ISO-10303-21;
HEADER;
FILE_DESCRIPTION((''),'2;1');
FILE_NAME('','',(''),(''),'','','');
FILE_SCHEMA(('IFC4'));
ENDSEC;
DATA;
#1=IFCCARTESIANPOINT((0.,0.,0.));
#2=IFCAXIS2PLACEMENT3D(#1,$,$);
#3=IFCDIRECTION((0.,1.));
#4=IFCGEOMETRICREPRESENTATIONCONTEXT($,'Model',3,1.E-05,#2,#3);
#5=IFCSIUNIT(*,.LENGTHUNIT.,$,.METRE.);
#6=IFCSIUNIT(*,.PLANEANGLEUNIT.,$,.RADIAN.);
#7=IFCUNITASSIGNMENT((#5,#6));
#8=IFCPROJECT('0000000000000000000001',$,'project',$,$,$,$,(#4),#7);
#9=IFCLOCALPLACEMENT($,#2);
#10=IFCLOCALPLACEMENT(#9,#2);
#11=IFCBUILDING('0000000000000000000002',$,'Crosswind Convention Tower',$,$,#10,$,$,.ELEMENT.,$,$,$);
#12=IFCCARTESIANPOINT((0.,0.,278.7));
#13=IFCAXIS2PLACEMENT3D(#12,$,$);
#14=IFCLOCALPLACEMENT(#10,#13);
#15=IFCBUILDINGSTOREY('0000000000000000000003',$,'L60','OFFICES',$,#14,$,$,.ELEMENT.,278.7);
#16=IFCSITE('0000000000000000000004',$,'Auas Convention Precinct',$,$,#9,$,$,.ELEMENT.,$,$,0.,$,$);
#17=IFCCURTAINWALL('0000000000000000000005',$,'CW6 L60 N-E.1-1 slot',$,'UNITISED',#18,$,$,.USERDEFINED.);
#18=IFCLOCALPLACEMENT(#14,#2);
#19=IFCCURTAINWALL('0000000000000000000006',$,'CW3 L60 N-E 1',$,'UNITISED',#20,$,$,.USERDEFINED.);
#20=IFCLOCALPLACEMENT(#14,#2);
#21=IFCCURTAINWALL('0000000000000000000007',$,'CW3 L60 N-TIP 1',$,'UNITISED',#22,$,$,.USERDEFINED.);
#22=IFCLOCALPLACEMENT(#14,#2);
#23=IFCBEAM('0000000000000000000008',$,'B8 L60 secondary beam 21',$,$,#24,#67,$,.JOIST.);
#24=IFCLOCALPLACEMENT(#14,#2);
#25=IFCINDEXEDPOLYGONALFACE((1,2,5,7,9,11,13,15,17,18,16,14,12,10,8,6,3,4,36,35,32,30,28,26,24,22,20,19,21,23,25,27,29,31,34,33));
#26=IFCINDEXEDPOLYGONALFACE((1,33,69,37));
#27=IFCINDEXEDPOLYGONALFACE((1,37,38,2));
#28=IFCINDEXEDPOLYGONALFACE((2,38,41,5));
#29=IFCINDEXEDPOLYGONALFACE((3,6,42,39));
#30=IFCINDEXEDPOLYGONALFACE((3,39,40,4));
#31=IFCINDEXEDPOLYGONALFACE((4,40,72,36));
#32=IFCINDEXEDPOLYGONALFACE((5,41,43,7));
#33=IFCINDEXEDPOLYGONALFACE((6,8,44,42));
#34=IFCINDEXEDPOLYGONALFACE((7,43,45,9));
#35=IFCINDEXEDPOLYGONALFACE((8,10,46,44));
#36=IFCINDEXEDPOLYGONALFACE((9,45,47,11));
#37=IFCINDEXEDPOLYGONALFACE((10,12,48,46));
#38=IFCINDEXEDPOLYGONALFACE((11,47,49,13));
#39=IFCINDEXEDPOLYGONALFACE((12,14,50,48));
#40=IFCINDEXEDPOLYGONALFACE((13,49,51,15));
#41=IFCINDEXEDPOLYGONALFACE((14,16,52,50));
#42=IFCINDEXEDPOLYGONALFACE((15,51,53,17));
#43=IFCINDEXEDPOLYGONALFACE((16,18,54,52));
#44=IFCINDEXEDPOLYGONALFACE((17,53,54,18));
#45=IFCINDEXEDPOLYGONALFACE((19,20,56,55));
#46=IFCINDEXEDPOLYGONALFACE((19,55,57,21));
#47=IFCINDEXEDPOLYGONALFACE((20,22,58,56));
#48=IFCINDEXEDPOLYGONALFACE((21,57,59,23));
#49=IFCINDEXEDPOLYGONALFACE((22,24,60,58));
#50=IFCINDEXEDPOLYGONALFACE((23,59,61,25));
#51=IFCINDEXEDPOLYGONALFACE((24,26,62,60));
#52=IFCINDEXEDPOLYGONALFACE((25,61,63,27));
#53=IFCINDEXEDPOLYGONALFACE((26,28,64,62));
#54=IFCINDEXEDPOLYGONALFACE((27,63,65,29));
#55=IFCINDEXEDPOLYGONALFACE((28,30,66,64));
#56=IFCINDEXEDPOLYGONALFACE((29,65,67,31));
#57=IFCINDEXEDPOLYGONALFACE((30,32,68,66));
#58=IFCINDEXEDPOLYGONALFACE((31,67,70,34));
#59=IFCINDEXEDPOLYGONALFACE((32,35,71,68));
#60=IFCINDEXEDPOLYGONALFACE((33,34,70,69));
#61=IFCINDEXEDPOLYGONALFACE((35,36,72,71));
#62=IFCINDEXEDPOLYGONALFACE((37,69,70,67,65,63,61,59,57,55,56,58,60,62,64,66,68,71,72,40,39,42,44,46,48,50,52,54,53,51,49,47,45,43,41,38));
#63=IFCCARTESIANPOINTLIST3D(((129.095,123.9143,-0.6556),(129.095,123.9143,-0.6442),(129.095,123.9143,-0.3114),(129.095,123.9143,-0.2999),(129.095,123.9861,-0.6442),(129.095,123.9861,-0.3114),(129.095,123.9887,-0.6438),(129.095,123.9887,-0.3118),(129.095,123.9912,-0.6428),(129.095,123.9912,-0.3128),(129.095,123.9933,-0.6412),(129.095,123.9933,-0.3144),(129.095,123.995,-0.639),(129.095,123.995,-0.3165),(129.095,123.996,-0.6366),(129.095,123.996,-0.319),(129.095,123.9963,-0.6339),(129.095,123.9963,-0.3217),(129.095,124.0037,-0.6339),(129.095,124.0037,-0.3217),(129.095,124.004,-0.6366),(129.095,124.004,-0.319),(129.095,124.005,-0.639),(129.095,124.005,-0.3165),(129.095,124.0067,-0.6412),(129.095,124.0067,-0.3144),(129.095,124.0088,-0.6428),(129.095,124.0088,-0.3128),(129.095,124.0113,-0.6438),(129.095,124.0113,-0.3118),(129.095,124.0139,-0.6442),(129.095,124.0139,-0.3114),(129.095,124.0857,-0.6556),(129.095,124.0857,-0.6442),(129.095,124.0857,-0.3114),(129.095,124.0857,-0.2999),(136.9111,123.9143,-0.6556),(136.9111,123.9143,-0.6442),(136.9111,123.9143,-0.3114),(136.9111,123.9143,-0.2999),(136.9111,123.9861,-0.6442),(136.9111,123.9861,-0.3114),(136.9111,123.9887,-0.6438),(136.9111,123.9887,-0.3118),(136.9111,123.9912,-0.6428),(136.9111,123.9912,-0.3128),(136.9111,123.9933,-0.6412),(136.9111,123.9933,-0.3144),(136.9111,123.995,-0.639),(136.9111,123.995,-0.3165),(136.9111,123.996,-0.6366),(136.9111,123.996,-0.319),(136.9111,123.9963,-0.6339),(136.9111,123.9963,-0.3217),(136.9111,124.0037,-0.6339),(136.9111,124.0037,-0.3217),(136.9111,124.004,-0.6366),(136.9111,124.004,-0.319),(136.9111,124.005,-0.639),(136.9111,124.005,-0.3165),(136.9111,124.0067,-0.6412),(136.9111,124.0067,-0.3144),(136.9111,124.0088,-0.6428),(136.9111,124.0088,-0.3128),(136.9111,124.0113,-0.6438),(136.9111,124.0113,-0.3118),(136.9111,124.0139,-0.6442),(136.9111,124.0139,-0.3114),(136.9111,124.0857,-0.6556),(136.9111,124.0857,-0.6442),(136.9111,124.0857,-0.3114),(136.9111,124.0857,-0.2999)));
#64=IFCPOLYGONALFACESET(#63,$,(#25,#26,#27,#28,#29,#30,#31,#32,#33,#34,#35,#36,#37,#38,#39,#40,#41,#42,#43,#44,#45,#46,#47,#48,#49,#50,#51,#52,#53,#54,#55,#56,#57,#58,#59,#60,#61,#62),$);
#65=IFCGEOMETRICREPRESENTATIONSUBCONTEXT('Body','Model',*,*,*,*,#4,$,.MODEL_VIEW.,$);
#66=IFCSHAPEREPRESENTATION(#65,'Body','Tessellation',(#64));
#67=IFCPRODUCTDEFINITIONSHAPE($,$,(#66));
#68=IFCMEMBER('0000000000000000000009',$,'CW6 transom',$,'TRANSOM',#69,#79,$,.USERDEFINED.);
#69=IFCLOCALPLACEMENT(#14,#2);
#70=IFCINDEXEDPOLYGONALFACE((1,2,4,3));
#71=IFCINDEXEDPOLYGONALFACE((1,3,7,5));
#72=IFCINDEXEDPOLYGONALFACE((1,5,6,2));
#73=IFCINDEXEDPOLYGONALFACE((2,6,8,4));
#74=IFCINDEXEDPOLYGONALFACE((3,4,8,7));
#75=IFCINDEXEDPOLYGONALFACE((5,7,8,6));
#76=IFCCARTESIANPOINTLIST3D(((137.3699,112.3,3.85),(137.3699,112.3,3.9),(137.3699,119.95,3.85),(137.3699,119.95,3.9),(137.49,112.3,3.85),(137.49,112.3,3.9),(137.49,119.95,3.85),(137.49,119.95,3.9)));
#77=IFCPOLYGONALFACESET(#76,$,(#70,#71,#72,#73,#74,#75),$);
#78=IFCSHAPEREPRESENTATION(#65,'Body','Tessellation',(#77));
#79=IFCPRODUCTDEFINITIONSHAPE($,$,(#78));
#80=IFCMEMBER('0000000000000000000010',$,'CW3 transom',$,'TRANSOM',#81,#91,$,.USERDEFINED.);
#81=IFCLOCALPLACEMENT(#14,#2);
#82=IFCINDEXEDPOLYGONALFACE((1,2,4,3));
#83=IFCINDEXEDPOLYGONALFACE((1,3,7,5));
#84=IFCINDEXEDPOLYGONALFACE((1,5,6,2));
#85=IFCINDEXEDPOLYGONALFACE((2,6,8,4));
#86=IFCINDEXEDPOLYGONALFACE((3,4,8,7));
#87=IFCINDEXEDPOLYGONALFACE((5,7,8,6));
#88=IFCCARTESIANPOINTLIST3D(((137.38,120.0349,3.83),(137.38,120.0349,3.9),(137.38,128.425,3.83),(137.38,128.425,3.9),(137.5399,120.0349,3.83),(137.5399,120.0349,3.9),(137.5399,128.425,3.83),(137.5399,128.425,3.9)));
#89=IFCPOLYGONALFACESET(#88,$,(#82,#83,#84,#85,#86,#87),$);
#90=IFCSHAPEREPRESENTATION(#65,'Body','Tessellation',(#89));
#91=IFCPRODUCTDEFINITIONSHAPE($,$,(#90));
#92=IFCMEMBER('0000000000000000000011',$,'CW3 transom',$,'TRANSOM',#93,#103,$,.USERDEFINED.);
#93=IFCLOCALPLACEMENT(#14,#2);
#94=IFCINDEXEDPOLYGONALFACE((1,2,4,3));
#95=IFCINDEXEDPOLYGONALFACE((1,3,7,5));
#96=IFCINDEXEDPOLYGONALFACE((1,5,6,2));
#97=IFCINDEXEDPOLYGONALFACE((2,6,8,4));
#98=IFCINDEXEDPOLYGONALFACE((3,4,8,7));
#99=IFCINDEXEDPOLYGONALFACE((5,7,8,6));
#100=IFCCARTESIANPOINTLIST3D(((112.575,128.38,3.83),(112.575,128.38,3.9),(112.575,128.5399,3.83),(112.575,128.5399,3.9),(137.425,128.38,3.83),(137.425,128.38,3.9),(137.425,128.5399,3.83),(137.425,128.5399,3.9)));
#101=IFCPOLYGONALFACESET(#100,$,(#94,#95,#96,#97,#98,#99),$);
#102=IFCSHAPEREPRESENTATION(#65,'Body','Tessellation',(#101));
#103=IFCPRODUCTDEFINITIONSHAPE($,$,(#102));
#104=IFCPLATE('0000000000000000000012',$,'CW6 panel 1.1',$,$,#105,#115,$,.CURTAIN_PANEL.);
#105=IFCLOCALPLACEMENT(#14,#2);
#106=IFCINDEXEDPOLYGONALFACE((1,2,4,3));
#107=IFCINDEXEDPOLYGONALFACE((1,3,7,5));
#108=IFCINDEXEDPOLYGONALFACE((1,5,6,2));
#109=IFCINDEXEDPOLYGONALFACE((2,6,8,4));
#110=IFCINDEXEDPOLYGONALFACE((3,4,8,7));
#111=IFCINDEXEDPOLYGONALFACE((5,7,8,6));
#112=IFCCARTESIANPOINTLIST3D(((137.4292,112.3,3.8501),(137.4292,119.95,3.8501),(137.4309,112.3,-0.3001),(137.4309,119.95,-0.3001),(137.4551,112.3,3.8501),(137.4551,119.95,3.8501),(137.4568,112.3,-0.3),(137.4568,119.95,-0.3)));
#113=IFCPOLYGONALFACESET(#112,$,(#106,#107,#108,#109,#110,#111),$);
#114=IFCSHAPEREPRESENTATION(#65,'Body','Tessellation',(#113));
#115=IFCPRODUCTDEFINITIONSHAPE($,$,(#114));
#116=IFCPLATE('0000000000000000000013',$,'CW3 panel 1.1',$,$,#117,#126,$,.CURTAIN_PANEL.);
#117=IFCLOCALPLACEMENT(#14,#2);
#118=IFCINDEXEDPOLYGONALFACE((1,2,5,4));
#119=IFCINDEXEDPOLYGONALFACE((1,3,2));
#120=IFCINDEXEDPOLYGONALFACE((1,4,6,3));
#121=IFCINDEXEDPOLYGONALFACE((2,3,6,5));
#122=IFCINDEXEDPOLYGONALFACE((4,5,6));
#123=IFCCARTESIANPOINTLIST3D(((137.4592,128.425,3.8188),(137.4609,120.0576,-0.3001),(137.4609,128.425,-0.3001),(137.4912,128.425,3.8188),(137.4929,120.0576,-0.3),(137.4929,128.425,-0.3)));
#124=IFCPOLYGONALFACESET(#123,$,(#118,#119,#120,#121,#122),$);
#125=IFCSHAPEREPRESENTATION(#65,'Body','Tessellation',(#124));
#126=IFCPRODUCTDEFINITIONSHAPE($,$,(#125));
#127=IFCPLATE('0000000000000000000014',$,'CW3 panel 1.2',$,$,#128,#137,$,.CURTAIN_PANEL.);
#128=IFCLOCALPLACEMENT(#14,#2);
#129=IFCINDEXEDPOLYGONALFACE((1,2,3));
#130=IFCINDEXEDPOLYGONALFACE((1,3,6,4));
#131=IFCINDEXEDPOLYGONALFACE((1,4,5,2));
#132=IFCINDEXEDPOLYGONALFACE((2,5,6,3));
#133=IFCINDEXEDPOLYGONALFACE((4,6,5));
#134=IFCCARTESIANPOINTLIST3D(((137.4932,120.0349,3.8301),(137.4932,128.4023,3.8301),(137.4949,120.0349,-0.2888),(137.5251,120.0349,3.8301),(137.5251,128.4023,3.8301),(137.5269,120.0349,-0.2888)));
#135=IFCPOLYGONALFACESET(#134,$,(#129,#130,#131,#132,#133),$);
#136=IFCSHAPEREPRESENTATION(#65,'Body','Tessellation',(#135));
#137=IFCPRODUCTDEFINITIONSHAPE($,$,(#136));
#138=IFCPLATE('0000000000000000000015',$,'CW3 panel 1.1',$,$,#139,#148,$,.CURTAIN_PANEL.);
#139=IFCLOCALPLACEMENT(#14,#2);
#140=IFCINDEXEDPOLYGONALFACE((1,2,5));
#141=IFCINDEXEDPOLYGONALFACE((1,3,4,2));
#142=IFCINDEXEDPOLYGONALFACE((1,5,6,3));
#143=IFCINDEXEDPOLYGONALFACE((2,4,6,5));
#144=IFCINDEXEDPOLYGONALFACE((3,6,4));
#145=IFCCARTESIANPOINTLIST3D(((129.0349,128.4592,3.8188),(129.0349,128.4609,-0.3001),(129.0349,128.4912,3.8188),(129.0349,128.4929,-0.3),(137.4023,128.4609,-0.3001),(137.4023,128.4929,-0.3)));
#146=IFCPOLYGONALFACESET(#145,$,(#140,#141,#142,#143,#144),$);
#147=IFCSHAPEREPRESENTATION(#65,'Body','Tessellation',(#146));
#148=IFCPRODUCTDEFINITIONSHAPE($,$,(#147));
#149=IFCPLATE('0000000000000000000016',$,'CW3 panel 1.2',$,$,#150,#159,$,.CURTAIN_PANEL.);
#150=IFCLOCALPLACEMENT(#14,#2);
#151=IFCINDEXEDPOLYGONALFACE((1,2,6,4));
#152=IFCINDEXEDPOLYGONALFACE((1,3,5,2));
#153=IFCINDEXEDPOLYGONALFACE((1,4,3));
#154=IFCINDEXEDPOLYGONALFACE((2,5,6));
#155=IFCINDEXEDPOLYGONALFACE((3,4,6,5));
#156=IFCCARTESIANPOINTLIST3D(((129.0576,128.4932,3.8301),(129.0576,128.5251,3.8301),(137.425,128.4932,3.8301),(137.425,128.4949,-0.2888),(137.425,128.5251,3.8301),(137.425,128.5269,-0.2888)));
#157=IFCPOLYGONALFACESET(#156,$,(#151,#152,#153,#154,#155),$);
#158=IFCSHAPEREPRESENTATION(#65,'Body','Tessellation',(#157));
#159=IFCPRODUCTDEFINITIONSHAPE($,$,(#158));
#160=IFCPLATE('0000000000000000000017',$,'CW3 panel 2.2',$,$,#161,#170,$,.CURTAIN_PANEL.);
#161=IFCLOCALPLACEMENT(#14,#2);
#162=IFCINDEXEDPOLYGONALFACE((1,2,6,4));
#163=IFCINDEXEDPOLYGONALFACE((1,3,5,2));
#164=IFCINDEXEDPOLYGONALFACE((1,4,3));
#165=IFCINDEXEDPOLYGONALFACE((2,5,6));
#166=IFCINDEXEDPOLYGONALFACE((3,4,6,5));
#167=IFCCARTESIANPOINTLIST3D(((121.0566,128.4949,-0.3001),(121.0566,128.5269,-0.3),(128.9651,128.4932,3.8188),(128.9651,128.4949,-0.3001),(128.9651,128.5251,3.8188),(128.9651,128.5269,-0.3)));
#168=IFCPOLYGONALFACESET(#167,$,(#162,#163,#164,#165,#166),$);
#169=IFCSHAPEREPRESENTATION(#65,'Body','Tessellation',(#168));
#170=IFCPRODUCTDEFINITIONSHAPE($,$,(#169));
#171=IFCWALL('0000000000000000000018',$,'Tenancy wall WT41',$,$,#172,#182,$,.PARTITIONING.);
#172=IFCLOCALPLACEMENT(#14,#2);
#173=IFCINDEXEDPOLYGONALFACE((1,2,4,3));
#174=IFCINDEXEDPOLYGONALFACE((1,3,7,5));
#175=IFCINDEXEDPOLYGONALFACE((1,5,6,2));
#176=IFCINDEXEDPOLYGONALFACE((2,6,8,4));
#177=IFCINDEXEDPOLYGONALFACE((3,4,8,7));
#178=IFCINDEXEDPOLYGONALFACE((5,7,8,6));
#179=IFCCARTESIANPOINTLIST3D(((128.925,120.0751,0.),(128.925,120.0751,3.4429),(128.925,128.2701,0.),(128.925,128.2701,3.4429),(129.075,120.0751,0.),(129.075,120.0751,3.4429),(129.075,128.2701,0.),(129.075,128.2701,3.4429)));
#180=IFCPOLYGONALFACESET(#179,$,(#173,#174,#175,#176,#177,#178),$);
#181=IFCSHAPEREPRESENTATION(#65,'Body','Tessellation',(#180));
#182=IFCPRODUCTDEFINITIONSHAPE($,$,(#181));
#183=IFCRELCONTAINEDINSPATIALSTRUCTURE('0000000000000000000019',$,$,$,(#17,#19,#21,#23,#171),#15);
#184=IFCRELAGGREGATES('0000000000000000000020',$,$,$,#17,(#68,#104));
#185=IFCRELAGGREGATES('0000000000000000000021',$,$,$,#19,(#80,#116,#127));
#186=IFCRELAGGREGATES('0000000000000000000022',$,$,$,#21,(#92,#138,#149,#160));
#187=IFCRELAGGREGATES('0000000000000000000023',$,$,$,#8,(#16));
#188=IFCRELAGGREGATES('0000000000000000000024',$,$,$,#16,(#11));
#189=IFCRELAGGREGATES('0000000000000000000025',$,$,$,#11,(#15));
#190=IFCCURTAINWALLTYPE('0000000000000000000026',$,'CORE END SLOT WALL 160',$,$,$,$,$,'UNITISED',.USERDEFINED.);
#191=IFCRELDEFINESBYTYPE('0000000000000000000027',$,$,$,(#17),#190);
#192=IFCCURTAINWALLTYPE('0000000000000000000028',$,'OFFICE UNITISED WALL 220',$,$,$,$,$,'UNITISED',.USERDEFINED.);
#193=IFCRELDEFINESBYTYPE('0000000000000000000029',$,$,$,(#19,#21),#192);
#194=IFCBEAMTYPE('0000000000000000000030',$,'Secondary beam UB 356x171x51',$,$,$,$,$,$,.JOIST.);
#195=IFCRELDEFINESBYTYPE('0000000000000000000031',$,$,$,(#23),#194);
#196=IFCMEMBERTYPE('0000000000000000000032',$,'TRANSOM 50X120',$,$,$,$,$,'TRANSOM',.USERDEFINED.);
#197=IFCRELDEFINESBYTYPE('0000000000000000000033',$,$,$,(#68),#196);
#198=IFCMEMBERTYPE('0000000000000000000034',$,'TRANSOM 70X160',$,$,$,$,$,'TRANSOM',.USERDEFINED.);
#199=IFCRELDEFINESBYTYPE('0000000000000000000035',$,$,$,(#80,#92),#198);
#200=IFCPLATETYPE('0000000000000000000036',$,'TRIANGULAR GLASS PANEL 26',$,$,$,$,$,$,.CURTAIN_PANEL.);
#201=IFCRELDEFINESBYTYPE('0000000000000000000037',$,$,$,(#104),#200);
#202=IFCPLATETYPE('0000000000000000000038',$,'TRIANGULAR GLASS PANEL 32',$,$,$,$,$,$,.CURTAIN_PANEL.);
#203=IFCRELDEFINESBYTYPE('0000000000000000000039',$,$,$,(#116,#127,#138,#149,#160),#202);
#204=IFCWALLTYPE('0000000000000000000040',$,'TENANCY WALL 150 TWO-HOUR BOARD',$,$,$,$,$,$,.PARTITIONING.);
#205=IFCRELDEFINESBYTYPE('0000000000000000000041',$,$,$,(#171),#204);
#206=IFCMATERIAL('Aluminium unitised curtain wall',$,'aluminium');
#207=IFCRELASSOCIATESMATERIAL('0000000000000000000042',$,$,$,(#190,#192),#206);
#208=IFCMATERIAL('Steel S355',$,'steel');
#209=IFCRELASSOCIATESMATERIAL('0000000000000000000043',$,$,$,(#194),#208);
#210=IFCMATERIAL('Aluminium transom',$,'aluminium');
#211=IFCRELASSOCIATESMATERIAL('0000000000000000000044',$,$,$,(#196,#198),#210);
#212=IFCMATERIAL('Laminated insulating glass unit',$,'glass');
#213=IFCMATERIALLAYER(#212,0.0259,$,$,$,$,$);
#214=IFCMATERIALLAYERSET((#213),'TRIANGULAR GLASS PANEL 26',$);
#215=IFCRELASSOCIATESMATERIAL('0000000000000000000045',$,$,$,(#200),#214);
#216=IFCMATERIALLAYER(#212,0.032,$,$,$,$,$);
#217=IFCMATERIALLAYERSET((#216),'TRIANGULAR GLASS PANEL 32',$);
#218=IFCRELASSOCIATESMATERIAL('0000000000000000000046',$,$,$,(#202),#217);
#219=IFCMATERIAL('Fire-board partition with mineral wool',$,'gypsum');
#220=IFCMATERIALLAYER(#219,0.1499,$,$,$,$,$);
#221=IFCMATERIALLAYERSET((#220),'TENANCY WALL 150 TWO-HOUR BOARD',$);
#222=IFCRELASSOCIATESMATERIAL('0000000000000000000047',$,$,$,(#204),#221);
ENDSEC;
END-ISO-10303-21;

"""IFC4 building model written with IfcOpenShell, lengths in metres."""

from ifc_helpers import new_model, si_unit, direction, frame, frame_2d, origin, origin_2d, place, context, subcontext, project, spatial, polyline, rectangle, i_section, outline, extrude, material, layer, layer_set, material_profile, profile_set, type_object, element, aggregate, save


model = new_model("IFC4")

# Units and contexts
model_context = context("Model", 3, precision=1e-05, world=origin(), true_north=direction((0.0, 1.0)))
body_context = subcontext(model_context, "Body", "Model", "MODEL_VIEW")
ifc_project = project(units=[si_unit("LENGTHUNIT", "METRE"), si_unit("PLANEANGLEUNIT", "RADIAN")], contexts=[model_context])

# Site, building, storey
site_placement = place(None, origin())
site = spatial("IfcSite", under=ifc_project, at=site_placement, Name="Auas Convention Precinct", CompositionType="ELEMENT", RefElevation=0.0)
building_placement = place(site_placement, origin())
building = spatial("IfcBuilding", under=site, at=building_placement, Name="Crosswind Convention Tower", CompositionType="ELEMENT")
storey_placement = place(building_placement, frame((0.0, 0.0, 278.7)))
storey = spatial("IfcBuildingStorey", under=building, at=storey_placement, Name="L60", Description="OFFICES", CompositionType="ELEMENT", Elevation=278.7)

# Shared definitions
ifc_material_1 = material(Name="Steel S355", Category="steel")

# Curtain walls
ifc_material_2 = material(Name="Aluminium unitised curtain wall", Category="aluminium")
curtain_wall_type_1 = type_object("IfcCurtainWallType", Name="CORE END SLOT WALL 160", ElementType="UNITISED", PredefinedType="USERDEFINED", material=ifc_material_2)
curtain_wall_1_placement = place(storey_placement, origin())
curtain_wall_1 = element("IfcCurtainWall", 1, at=curtain_wall_1_placement, inside=storey, type_object=curtain_wall_type_1, Name="CW6 L60 N-E.1-1 slot", ObjectType="UNITISED", PredefinedType="USERDEFINED")
curtain_wall_type_2 = type_object("IfcCurtainWallType", Name="OFFICE UNITISED WALL 220", ElementType="UNITISED", PredefinedType="USERDEFINED", material=ifc_material_2)
curtain_wall_2_placement = place(storey_placement, origin())
curtain_wall_2 = element("IfcCurtainWall", 2, at=curtain_wall_2_placement, inside=storey, type_object=curtain_wall_type_2, Name="CW3 L60 N-E 1", ObjectType="UNITISED", PredefinedType="USERDEFINED")

# Curtain wall
curtain_wall_3_placement = place(storey_placement, origin())
curtain_wall_3 = element("IfcCurtainWall", 3, at=curtain_wall_3_placement, inside=storey, type_object=curtain_wall_type_2, Name="CW3 L60 N-TIP 1", ObjectType="UNITISED", PredefinedType="USERDEFINED")

# Beam
ifc_material_profile_1 = material_profile(ifc_material_1, i_section(OverallWidth=0.1714, OverallDepth=0.3557, WebThickness=0.0073, FlangeThickness=0.0115, FilletRadius=0.0103, at=origin_2d()), Name="UB 356x171x51")
ifc_profile_set_1 = profile_set([ifc_material_profile_1], Name="Steel S355")
beam_type_1 = type_object("IfcBeamType", Name="Secondary beam UB 356x171x51", PredefinedType="JOIST", material=ifc_profile_set_1)
for number, where, z_axis, x_axis, name in (
    (4, (129.095, 124.0, -0.4778), (1.0, 0.0, 0.0), (0.0, 1.0, 0.0), "B8 L60 secondary beam 21"),
):
    element("IfcBeam", number, at=place(storey_placement, frame(where, z_axis=z_axis, x_axis=x_axis)), inside=storey, type_object=beam_type_1, Name=name, PredefinedType="JOIST", context=body_context, shape_type="SweptSolid", body=[
        extrude(i_section(OverallWidth=0.1714, OverallDepth=0.3557, WebThickness=0.0073, FlangeThickness=0.0115, FilletRadius=0.0103, at=origin_2d()), origin(), (0.0, 0.0, 1.0), 7.8162),
    ])

# Members
ifc_material_3 = material(Name="Aluminium transom", Category="aluminium")
ifc_material_profile_2 = material_profile(ifc_material_3, rectangle(XDim=0.1201, YDim=0.05, at=origin_2d()), Name="AL 120X50")
ifc_profile_set_2 = profile_set([ifc_material_profile_2], Name="Aluminium transom")
member_type_1 = type_object("IfcMemberType", Name="TRANSOM 50X120", ElementType="TRANSOM", PredefinedType="USERDEFINED", material=ifc_profile_set_2)
member_1_placement = place(storey_placement, frame((137.4299, 112.3, 3.875), z_axis=(0.0, 1.0, 0.0), x_axis=(-1.0, 0.0, 0.0)))
member_1 = element("IfcMember", 5, at=member_1_placement, type_object=member_type_1, Name="CW6 transom", ObjectType="TRANSOM", PredefinedType="USERDEFINED", context=body_context, shape_type="SweptSolid", body=[
    extrude(rectangle(XDim=0.1201, YDim=0.05, at=origin_2d()), origin(), (0.0, 0.0, 1.0), 7.6499),
])
ifc_material_profile_3 = material_profile(ifc_material_3, rectangle(XDim=0.1599, YDim=0.0701, at=origin_2d()), Name="AL 160X70")
ifc_profile_set_3 = profile_set([ifc_material_profile_3], Name="Aluminium transom")
member_type_2 = type_object("IfcMemberType", Name="TRANSOM 70X160", ElementType="TRANSOM", PredefinedType="USERDEFINED", material=ifc_profile_set_3)
member_2_placement = place(storey_placement, frame((137.46, 120.0349, 3.865), z_axis=(0.0, 1.0, 0.0), x_axis=(-1.0, 0.0, 0.0)))
member_2 = element("IfcMember", 6, at=member_2_placement, type_object=member_type_2, Name="CW3 transom", ObjectType="TRANSOM", PredefinedType="USERDEFINED", context=body_context, shape_type="SweptSolid", body=[
    extrude(rectangle(XDim=0.1599, YDim=0.0701, at=origin_2d()), origin(), (0.0, 0.0, 1.0), 8.3901),
])
member_3_placement = place(storey_placement, frame((137.425, 128.46, 3.865), z_axis=(-1.0, 0.0, 0.0), x_axis=(0.0, -1.0, 0.0)))
member_3 = element("IfcMember", 7, at=member_3_placement, type_object=member_type_2, Name="CW3 transom", ObjectType="TRANSOM", PredefinedType="USERDEFINED", context=body_context, shape_type="SweptSolid", body=[
    extrude(rectangle(XDim=0.1599, YDim=0.0701, at=origin_2d()), origin(), (0.0, 0.0, 1.0), 24.8501),
])

# Plates
ifc_material_4 = material(Name="Laminated insulating glass unit", Category="glass")
ifc_layer_1 = layer(ifc_material_4, 0.0259)
ifc_layer_set_1 = layer_set([ifc_layer_1], Name="TRIANGULAR GLASS PANEL 26")
plate_type_1 = type_object("IfcPlateType", Name="TRIANGULAR GLASS PANEL 26", PredefinedType="CURTAIN_PANEL", material=ifc_layer_set_1)
plate_1_placement = place(storey_placement, frame((137.4568, 112.3, -0.3), z_axis=(1.0, 0.0, 0.000412), x_axis=(0.0, 1.0, 0.0)))
plate_1 = element("IfcPlate", 8, at=plate_1_placement, type_object=plate_type_1, Name="CW6 panel 1.1", PredefinedType="CURTAIN_PANEL", context=body_context, shape_type="SweptSolid", body=[
    extrude(outline(polyline([(0.0, 0.0), (7.6499, 0.0), (7.6499, 4.1501), (0.0, 4.1501), (0.0, 0.0)])), origin(), (0.0, 0.0, -1.0), 0.0259),
])
aggregate(curtain_wall_1, [member_1, plate_1])
ifc_layer_2 = layer(ifc_material_4, 0.032)
ifc_layer_set_2 = layer_set([ifc_layer_2], Name="TRIANGULAR GLASS PANEL 32")
plate_type_2 = type_object("IfcPlateType", Name="TRIANGULAR GLASS PANEL 32", PredefinedType="CURTAIN_PANEL", material=ifc_layer_set_2)
plate_2_placement = place(storey_placement, frame((137.4929, 128.425, -0.3), z_axis=(1.0, 0.0, 0.000415), x_axis=(-0.000415, 0.0, 1.0)))
plate_2 = element("IfcPlate", 9, at=plate_2_placement, type_object=plate_type_2, Name="CW3 panel 1.1", PredefinedType="CURTAIN_PANEL", context=body_context, shape_type="SweptSolid", body=[
    extrude(outline(polyline([(0.0, 0.0), (4.1189, 0.0), (0.0, 8.3674), (0.0, 0.0)])), origin(), (0.0, 0.0, -1.0), 0.032),
])
plate_3_placement = place(storey_placement, frame((137.5251, 120.0349, 3.8301), z_axis=(1.0, 0.0, 0.000415), x_axis=(0.000415, 0.0, -1.0)))
plate_3 = element("IfcPlate", 10, at=plate_3_placement, type_object=plate_type_2, Name="CW3 panel 1.2", PredefinedType="CURTAIN_PANEL", context=body_context, shape_type="SweptSolid", body=[
    extrude(outline(polyline([(0.0, 0.0), (4.1189, 0.0), (0.0, 8.3674), (0.0, 0.0)])), origin(), (0.0, 0.0, -1.0), 0.032),
])
plate_4_placement = place(storey_placement, frame((129.0349, 128.4929, -0.3), z_axis=(0.0, 1.0, 0.000415), x_axis=(0.0, -0.000415, 1.0)))
plate_4 = element("IfcPlate", 11, at=plate_4_placement, type_object=plate_type_2, Name="CW3 panel 1.1", PredefinedType="CURTAIN_PANEL", context=body_context, shape_type="SweptSolid", body=[
    extrude(outline(polyline([(0.0, 0.0), (4.1189, 0.0), (0.0, 8.3674), (0.0, 0.0)])), origin(), (0.0, 0.0, -1.0), 0.032),
])
plate_5_placement = place(storey_placement, frame((137.425, 128.5251, 3.8301), z_axis=(0.0, 1.0, 0.000415), x_axis=(0.0, 0.000415, -1.0)))
plate_5 = element("IfcPlate", 12, at=plate_5_placement, type_object=plate_type_2, Name="CW3 panel 1.2", PredefinedType="CURTAIN_PANEL", context=body_context, shape_type="SweptSolid", body=[
    extrude(outline(polyline([(0.0, 0.0), (4.1189, 0.0), (0.0, 8.3674), (0.0, 0.0)])), origin(), (0.0, 0.0, -1.0), 0.032),
])
plate_6_placement = place(storey_placement, frame((128.9651, 128.5269, -0.3), z_axis=(0.0, 1.0, 0.000415), x_axis=(-1.0, 0.0, 0.0)))
plate_6 = element("IfcPlate", 13, at=plate_6_placement, type_object=plate_type_2, Name="CW3 panel 2.2", PredefinedType="CURTAIN_PANEL", context=body_context, shape_type="SweptSolid", body=[
    extrude(outline(polyline([(0.0, 0.0), (7.9084, 0.0), (0.0, 4.1189), (0.0, 0.0)])), origin(), (0.0, 0.0, -1.0), 0.032),
])

# Wall
ifc_material_5 = material(Name="Fire-board partition with mineral wool", Category="gypsum")
ifc_layer_3 = layer(ifc_material_5, 0.1499)
ifc_layer_set_3 = layer_set([ifc_layer_3], Name="TENANCY WALL 150 TWO-HOUR BOARD")
wall_type = type_object("IfcWallType", Name="TENANCY WALL 150 TWO-HOUR BOARD", PredefinedType="PARTITIONING", material=ifc_layer_set_3)
wall_placement = place(storey_placement, frame((129.0, 120.075, 0.0), z_axis=(0.0, 0.0, 1.0), x_axis=(0.0, 1.0, 0.0)))
element("IfcWall", 14, at=wall_placement, inside=storey, type_object=wall_type, Name="Tenancy wall WT41", PredefinedType="PARTITIONING", context=body_context, shape_type="SweptSolid", body=[
    extrude(rectangle(XDim=8.1951, YDim=0.1499, at=frame_2d((4.0977, 0.0))), origin(), (0.0, 0.0, 1.0), 3.4429),
])

aggregate(curtain_wall_2, [member_2, plate_2, plate_3])
aggregate(curtain_wall_3, [member_3, plate_4, plate_5, plate_6])

save(model, "model.ifc")
